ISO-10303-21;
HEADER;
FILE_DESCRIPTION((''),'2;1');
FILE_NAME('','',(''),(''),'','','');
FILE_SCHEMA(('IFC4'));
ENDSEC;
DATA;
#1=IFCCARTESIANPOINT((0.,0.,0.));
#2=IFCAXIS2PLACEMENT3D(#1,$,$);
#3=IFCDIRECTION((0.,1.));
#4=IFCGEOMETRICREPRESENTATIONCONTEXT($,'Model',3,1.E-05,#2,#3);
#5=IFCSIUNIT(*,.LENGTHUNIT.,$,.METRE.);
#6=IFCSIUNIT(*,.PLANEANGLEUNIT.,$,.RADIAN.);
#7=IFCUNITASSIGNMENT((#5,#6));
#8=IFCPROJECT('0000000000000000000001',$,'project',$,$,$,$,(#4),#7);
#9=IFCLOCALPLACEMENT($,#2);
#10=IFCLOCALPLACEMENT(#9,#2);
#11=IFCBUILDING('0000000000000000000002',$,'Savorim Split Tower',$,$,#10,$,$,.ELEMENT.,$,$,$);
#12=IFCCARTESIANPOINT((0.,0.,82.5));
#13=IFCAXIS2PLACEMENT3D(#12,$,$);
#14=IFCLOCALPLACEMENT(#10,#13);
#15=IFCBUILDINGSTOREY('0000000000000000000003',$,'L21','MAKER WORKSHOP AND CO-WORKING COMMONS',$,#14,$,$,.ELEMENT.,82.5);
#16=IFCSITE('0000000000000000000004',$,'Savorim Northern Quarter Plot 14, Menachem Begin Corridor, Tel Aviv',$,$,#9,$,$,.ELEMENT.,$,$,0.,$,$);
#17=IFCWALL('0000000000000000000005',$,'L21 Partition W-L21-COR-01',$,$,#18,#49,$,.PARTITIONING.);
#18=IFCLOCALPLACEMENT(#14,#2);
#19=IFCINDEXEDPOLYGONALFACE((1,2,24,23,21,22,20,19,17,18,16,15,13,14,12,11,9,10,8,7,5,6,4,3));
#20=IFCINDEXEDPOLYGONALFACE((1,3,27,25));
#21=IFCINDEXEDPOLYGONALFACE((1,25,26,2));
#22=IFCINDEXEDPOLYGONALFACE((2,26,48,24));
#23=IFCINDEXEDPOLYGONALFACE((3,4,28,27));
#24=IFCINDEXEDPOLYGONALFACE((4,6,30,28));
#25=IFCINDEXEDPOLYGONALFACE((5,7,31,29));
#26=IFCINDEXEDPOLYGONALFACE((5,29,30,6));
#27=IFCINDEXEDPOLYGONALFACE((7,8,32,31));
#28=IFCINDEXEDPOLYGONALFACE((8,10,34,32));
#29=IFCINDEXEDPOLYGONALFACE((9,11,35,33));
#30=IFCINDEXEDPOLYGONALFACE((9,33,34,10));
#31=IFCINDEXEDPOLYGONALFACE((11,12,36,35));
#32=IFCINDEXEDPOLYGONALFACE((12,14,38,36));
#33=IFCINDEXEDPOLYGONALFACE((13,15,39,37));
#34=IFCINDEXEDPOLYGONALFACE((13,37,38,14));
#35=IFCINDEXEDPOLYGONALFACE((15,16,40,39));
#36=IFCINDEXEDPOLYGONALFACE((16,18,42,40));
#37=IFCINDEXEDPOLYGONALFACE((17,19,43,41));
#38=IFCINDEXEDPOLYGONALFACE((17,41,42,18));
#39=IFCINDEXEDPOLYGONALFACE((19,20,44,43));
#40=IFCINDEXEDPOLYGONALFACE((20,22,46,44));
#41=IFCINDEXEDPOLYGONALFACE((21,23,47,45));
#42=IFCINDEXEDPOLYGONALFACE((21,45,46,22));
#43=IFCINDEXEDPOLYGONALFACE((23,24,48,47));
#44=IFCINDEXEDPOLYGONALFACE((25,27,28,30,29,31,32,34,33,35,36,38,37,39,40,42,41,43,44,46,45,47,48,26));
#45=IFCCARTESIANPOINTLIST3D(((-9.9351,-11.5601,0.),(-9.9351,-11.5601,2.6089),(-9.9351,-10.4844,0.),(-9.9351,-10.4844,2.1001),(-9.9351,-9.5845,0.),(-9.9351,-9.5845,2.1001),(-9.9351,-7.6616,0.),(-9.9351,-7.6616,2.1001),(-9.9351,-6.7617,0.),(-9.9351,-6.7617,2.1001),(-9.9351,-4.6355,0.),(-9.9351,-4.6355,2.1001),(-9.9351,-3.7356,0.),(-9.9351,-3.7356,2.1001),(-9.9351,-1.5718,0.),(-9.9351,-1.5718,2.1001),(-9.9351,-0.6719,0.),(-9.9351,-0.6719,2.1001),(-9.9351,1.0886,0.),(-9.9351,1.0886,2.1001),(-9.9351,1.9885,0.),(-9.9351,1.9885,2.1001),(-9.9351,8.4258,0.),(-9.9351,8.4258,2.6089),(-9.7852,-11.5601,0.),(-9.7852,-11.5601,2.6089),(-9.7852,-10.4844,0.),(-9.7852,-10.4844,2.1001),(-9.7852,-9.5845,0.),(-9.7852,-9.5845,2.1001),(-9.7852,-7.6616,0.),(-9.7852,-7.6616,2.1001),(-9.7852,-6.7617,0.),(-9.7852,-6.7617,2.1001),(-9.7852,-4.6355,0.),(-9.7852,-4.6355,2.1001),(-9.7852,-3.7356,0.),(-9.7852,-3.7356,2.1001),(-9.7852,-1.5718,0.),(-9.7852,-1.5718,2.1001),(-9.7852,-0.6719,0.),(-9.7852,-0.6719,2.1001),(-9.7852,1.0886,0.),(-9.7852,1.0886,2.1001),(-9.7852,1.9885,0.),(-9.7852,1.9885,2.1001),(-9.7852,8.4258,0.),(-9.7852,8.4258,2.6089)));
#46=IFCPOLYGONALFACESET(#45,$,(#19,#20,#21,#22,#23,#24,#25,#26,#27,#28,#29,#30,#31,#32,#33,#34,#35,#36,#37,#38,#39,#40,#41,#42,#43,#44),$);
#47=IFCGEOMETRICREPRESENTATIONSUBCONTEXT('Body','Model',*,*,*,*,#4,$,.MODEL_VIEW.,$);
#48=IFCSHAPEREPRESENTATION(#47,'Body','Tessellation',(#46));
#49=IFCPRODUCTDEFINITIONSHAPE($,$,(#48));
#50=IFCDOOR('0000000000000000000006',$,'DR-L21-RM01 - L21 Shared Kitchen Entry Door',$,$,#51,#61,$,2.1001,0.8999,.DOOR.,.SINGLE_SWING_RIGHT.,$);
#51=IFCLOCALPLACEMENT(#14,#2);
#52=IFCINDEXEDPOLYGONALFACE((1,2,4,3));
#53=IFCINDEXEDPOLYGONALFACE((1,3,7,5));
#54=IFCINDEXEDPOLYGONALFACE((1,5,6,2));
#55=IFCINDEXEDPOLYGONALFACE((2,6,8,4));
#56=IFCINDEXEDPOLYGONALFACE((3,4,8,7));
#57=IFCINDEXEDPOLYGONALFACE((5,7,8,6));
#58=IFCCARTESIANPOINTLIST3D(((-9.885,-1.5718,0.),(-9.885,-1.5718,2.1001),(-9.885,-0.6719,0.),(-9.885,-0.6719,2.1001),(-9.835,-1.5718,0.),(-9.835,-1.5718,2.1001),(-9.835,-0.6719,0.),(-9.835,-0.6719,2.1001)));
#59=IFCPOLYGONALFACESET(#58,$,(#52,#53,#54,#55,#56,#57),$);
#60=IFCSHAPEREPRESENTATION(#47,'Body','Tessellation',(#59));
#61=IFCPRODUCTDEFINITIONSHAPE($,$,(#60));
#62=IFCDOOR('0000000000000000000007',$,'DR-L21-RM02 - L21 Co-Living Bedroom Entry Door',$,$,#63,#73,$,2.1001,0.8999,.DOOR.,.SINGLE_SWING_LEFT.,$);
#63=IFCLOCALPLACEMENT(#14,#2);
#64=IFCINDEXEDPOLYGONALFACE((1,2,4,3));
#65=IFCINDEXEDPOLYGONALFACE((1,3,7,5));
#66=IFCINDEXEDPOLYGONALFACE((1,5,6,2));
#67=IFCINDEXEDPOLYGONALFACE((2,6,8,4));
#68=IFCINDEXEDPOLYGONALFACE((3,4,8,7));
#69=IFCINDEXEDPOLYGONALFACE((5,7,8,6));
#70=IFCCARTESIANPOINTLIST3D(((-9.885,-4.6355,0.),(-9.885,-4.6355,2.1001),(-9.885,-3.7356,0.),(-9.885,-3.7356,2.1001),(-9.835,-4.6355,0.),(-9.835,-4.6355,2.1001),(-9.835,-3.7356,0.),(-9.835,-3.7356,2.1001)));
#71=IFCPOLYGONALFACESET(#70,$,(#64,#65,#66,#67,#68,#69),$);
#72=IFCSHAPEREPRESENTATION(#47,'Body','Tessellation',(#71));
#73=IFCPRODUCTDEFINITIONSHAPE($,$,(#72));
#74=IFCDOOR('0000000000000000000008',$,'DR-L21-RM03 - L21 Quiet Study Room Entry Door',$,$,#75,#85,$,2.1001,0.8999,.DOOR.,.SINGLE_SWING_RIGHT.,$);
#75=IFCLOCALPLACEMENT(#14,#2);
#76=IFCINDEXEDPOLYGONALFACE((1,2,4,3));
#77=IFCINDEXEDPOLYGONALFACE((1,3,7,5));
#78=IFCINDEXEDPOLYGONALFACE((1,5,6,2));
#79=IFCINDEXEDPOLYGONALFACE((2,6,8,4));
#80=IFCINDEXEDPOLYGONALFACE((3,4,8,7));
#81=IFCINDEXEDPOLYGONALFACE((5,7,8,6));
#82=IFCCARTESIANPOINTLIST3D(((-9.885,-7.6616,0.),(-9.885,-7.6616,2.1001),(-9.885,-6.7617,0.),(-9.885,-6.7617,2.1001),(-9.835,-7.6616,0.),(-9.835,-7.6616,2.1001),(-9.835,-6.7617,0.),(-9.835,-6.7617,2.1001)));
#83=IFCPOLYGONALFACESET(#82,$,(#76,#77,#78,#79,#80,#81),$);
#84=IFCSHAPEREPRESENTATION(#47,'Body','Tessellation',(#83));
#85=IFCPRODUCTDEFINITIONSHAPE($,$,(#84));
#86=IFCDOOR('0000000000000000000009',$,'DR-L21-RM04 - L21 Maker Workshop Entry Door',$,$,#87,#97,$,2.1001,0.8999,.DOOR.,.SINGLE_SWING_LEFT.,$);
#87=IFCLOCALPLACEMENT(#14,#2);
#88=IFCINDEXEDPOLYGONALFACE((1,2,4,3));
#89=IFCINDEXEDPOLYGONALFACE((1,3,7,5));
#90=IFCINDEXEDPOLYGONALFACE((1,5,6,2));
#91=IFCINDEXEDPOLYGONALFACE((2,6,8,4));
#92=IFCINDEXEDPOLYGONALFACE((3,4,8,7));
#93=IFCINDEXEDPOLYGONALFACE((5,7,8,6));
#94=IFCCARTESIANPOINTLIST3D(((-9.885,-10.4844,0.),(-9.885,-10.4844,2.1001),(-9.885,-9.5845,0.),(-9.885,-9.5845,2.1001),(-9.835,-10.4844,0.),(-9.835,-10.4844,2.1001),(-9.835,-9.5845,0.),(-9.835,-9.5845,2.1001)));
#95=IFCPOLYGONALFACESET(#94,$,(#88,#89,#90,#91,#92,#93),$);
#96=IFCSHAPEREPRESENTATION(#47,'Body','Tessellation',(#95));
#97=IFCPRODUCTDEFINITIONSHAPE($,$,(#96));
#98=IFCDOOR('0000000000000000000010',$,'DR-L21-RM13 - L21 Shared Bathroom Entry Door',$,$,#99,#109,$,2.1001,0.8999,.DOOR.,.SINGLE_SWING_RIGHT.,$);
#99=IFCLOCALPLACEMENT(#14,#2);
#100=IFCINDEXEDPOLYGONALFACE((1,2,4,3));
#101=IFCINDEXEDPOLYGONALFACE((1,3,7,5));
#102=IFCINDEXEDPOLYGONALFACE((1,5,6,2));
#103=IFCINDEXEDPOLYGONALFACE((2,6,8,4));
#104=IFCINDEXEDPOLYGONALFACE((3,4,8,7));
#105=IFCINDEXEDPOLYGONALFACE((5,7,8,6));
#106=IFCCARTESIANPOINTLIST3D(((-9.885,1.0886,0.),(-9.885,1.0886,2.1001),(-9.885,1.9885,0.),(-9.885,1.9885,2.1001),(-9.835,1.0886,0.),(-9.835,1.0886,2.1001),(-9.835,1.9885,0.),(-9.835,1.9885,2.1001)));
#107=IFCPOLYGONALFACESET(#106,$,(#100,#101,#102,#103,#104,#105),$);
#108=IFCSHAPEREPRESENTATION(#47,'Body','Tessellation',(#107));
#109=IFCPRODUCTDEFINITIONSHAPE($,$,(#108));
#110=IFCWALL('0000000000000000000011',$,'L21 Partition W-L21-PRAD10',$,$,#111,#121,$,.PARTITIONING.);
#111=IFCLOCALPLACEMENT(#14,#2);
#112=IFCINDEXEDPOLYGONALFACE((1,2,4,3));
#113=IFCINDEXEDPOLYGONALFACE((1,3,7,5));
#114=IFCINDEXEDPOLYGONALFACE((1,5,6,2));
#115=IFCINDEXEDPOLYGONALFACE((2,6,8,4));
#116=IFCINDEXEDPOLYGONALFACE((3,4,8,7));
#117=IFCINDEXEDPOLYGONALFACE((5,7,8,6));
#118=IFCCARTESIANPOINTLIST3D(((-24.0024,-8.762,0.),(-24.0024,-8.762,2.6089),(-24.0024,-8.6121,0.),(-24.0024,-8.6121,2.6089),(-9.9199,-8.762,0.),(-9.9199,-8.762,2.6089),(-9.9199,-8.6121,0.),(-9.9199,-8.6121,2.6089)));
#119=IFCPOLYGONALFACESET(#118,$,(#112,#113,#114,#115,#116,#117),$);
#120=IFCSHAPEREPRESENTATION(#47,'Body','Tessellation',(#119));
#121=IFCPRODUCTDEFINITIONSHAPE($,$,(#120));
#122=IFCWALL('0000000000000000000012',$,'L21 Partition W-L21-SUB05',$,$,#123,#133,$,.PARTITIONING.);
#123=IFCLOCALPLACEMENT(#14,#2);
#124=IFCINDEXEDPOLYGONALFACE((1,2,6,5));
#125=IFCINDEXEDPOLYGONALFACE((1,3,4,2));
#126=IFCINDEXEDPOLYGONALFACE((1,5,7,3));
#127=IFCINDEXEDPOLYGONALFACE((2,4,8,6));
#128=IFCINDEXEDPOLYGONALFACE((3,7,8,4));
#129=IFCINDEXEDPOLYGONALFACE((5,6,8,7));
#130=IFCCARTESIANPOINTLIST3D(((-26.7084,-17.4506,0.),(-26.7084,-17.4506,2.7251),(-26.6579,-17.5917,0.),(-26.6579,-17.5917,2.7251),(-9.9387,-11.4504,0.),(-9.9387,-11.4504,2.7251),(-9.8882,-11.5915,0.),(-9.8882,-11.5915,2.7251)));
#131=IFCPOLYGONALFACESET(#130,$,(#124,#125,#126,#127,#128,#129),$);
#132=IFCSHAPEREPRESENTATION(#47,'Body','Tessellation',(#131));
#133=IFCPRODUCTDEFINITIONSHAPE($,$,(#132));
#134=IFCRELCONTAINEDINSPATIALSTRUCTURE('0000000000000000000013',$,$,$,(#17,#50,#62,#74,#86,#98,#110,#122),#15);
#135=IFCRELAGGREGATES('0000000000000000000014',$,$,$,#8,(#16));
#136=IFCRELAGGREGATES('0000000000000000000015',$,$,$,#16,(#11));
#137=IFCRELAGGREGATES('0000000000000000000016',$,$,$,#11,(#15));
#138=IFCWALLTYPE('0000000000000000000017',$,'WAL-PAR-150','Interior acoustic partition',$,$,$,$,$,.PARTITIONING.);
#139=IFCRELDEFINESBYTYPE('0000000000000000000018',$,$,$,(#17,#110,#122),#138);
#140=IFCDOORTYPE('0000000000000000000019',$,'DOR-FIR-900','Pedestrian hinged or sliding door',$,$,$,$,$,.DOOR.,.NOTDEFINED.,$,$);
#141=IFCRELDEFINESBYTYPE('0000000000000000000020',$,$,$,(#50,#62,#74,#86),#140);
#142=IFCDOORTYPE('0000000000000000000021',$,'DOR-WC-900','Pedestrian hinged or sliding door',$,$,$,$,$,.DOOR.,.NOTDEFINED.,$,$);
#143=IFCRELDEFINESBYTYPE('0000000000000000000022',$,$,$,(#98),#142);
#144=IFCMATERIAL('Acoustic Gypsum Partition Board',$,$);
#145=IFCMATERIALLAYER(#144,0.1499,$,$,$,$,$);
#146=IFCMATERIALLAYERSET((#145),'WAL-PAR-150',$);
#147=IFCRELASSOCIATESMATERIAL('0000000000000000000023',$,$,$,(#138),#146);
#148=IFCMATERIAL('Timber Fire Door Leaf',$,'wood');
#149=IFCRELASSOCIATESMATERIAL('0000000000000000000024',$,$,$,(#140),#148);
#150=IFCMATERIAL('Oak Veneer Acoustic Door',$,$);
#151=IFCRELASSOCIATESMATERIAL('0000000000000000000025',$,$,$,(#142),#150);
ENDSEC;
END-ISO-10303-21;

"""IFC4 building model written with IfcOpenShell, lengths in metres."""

from ifc_helpers import new_model, si_unit, direction, frame, frame_2d, origin, place, context, subcontext, project, spatial, rectangle, extrude, material, layer, layer_set, type_object, element, fill, save


model = new_model("IFC4")

# Units and contexts
model_context = context("Model", 3, precision=1e-05, world=origin(), true_north=direction((0.0, 1.0)))
body_context = subcontext(model_context, "Body", "Model", "MODEL_VIEW")
ifc_project = project(units=[si_unit("LENGTHUNIT", "METRE"), si_unit("PLANEANGLEUNIT", "RADIAN")], contexts=[model_context])

# Site, building, storey
site_placement = place(None, origin())
site = spatial("IfcSite", under=ifc_project, at=site_placement, Name="Savorim Northern Quarter Plot 14, Menachem Begin Corridor, Tel Aviv", CompositionType="ELEMENT", RefElevation=0.0)
building_placement = place(site_placement, origin())
building = spatial("IfcBuilding", under=site, at=building_placement, Name="Savorim Split Tower", CompositionType="ELEMENT")
storey_placement = place(building_placement, frame((0.0, 0.0, 82.5)))
storey = spatial("IfcBuildingStorey", under=building, at=storey_placement, Name="L21", Description="MAKER WORKSHOP AND CO-WORKING COMMONS", CompositionType="ELEMENT", Elevation=82.5)

# Shared definitions
ifc_material_1 = material(Name="Timber Fire Door Leaf", Category="wood")

# Shared definitions
ifc_material_2 = material(Name="Acoustic Gypsum Partition Board")
ifc_layer_1 = layer(ifc_material_2, 0.1499)
ifc_layer_set_1 = layer_set([ifc_layer_1], Name="WAL-PAR-150")
wall_type_1 = type_object("IfcWallType", Name="WAL-PAR-150", Description="Interior acoustic partition", PredefinedType="PARTITIONING", material=ifc_layer_set_1)

# Wall, openings, doors
wall_1_placement = place(storey_placement, frame((-9.8601, -11.5601, 0.0), z_axis=(0.0, 0.0, 1.0), x_axis=(0.0, 1.0, 0.0)))
wall_1 = element("IfcWall", 1, at=wall_1_placement, inside=storey, type_object=wall_type_1, Name="L21 Partition W-L21-COR-01", PredefinedType="PARTITIONING", context=body_context, shape_type="SweptSolid", body=[
    extrude(rectangle(XDim=19.9858, YDim=0.1499, at=frame_2d((9.9929, 0.0))), origin(), (0.0, 0.0, 1.0), 2.6089),
])
opening_1_placement = place(wall_1_placement, frame((9.9883, 0.0, 0.0)))
opening_1 = element("IfcOpeningElement", 2, at=opening_1_placement, cuts=wall_1, PredefinedType="OPENING", context=body_context, shape_type="SweptSolid", body=[
    extrude(rectangle(XDim=0.8999, YDim=2.1001, at=frame_2d((0.45, 1.05))), frame((0.0, 0.085, 0.0), z_axis=(0.0, -1.0, 0.0), x_axis=(1.0, 0.0, 0.0)), (0.0, 0.0, 1.0), 0.1699),
])
opening_2_placement = place(wall_1_placement, frame((6.9246, 0.0, 0.0)))
opening_2 = element("IfcOpeningElement", 3, at=opening_2_placement, cuts=wall_1, PredefinedType="OPENING", context=body_context, shape_type="SweptSolid", body=[
    extrude(rectangle(XDim=0.8999, YDim=2.1001, at=frame_2d((0.45, 1.05))), frame((0.0, 0.085, 0.0), z_axis=(0.0, -1.0, 0.0), x_axis=(1.0, 0.0, 0.0)), (0.0, 0.0, 1.0), 0.1699),
])
opening_3_placement = place(wall_1_placement, frame((3.8984, 0.0, 0.0)))
opening_3 = element("IfcOpeningElement", 4, at=opening_3_placement, cuts=wall_1, PredefinedType="OPENING", context=body_context, shape_type="SweptSolid", body=[
    extrude(rectangle(XDim=0.8999, YDim=2.1001, at=frame_2d((0.45, 1.05))), frame((0.0, 0.085, 0.0), z_axis=(0.0, -1.0, 0.0), x_axis=(1.0, 0.0, 0.0)), (0.0, 0.0, 1.0), 0.1699),
])
opening_4_placement = place(wall_1_placement, frame((1.0757, 0.0, 0.0)))
opening_4 = element("IfcOpeningElement", 5, at=opening_4_placement, cuts=wall_1, PredefinedType="OPENING", context=body_context, shape_type="SweptSolid", body=[
    extrude(rectangle(XDim=0.8999, YDim=2.1001, at=frame_2d((0.45, 1.05))), frame((0.0, 0.085, 0.0), z_axis=(0.0, -1.0, 0.0), x_axis=(1.0, 0.0, 0.0)), (0.0, 0.0, 1.0), 0.1699),
])
opening_5_placement = place(wall_1_placement, frame((12.6487, 0.0, 0.0)))
opening_5 = element("IfcOpeningElement", 6, at=opening_5_placement, cuts=wall_1, PredefinedType="OPENING", context=body_context, shape_type="SweptSolid", body=[
    extrude(rectangle(XDim=0.8999, YDim=2.1001, at=frame_2d((0.45, 1.05))), frame((0.0, 0.085, 0.0), z_axis=(0.0, -1.0, 0.0), x_axis=(1.0, 0.0, 0.0)), (0.0, 0.0, 1.0), 0.1699),
])
door_type_1 = type_object("IfcDoorType", Name="DOR-FIR-900", Description="Pedestrian hinged or sliding door", OperationType="NOTDEFINED", PredefinedType="DOOR", material=ifc_material_1)
door_1_placement = place(opening_1_placement, origin())
door_1 = element("IfcDoor", 7, at=door_1_placement, inside=storey, type_object=door_type_1, Name="DR-L21-RM01 - L21 Shared Kitchen Entry Door", OperationType="SINGLE_SWING_RIGHT", OverallHeight=2.1001, OverallWidth=0.8999, PredefinedType="DOOR", context=body_context, shape_type="SweptSolid", body=[
    extrude(rectangle(XDim=0.8999, YDim=2.1001, at=frame_2d((0.45, 1.05))), frame((0.0, 0.0249, 0.0), z_axis=(0.0, -1.0, 0.0), x_axis=(1.0, 0.0, 0.0)), (0.0, 0.0, 1.0), 0.05),
])
fill(opening_1, door_1)
door_2_placement = place(opening_2_placement, origin())
door_2 = element("IfcDoor", 8, at=door_2_placement, inside=storey, type_object=door_type_1, Name="DR-L21-RM02 - L21 Co-Living Bedroom Entry Door", OperationType="SINGLE_SWING_LEFT", OverallHeight=2.1001, OverallWidth=0.8999, PredefinedType="DOOR", context=body_context, shape_type="SweptSolid", body=[
    extrude(rectangle(XDim=0.8999, YDim=2.1001, at=frame_2d((0.45, 1.05))), frame((0.0, 0.0249, 0.0), z_axis=(0.0, -1.0, 0.0), x_axis=(1.0, 0.0, 0.0)), (0.0, 0.0, 1.0), 0.05),
])
fill(opening_2, door_2)
door_3_placement = place(opening_3_placement, origin())
door_3 = element("IfcDoor", 9, at=door_3_placement, inside=storey, type_object=door_type_1, Name="DR-L21-RM03 - L21 Quiet Study Room Entry Door", OperationType="SINGLE_SWING_RIGHT", OverallHeight=2.1001, OverallWidth=0.8999, PredefinedType="DOOR", context=body_context, shape_type="SweptSolid", body=[
    extrude(rectangle(XDim=0.8999, YDim=2.1001, at=frame_2d((0.45, 1.05))), frame((0.0, 0.0249, 0.0), z_axis=(0.0, -1.0, 0.0), x_axis=(1.0, 0.0, 0.0)), (0.0, 0.0, 1.0), 0.05),
])
fill(opening_3, door_3)
door_4_placement = place(opening_4_placement, origin())
door_4 = element("IfcDoor", 10, at=door_4_placement, inside=storey, type_object=door_type_1, Name="DR-L21-RM04 - L21 Maker Workshop Entry Door", OperationType="SINGLE_SWING_LEFT", OverallHeight=2.1001, OverallWidth=0.8999, PredefinedType="DOOR", context=body_context, shape_type="SweptSolid", body=[
    extrude(rectangle(XDim=0.8999, YDim=2.1001, at=frame_2d((0.45, 1.05))), frame((0.0, 0.0249, 0.0), z_axis=(0.0, -1.0, 0.0), x_axis=(1.0, 0.0, 0.0)), (0.0, 0.0, 1.0), 0.05),
])
fill(opening_4, door_4)
ifc_material_3 = material(Name="Oak Veneer Acoustic Door")
door_type_2 = type_object("IfcDoorType", Name="DOR-WC-900", Description="Pedestrian hinged or sliding door", OperationType="NOTDEFINED", PredefinedType="DOOR", material=ifc_material_3)
door_5_placement = place(opening_5_placement, origin())
door_5 = element("IfcDoor", 11, at=door_5_placement, inside=storey, type_object=door_type_2, Name="DR-L21-RM13 - L21 Shared Bathroom Entry Door", OperationType="SINGLE_SWING_RIGHT", OverallHeight=2.1001, OverallWidth=0.8999, PredefinedType="DOOR", context=body_context, shape_type="SweptSolid", body=[
    extrude(rectangle(XDim=0.8999, YDim=2.1001, at=frame_2d((0.45, 1.05))), frame((0.0, 0.0249, 0.0), z_axis=(0.0, -1.0, 0.0), x_axis=(1.0, 0.0, 0.0)), (0.0, 0.0, 1.0), 0.05),
])
fill(opening_5, door_5)

# Walls
wall_2_placement = place(storey_placement, frame((-9.9199, -8.687, 0.0), z_axis=(0.0, 0.0, 1.0), x_axis=(-1.0, 0.0, 0.0)))
element("IfcWall", 12, at=wall_2_placement, inside=storey, type_object=wall_type_1, Name="L21 Partition W-L21-PRAD10", PredefinedType="PARTITIONING", context=body_context, shape_type="SweptSolid", body=[
    extrude(rectangle(XDim=14.0825, YDim=0.1499, at=frame_2d((7.0413, 0.0))), origin(), (0.0, 0.0, 1.0), 2.6089),
])
wall_3_placement = place(storey_placement, frame((-9.9136, -11.521, 0.0), z_axis=(0.0, 0.0, 1.0), x_axis=(-0.941545, -0.336886, 0.0)))
element("IfcWall", 13, at=wall_3_placement, inside=storey, type_object=wall_type_1, Name="L21 Partition W-L21-SUB05", PredefinedType="PARTITIONING", context=body_context, shape_type="SweptSolid", body=[
    extrude(rectangle(XDim=17.8108, YDim=0.1499, at=frame_2d((8.9053, 0.0))), origin(), (0.0, 0.0, 1.0), 2.7251),
])

save(model, "model.ifc")
